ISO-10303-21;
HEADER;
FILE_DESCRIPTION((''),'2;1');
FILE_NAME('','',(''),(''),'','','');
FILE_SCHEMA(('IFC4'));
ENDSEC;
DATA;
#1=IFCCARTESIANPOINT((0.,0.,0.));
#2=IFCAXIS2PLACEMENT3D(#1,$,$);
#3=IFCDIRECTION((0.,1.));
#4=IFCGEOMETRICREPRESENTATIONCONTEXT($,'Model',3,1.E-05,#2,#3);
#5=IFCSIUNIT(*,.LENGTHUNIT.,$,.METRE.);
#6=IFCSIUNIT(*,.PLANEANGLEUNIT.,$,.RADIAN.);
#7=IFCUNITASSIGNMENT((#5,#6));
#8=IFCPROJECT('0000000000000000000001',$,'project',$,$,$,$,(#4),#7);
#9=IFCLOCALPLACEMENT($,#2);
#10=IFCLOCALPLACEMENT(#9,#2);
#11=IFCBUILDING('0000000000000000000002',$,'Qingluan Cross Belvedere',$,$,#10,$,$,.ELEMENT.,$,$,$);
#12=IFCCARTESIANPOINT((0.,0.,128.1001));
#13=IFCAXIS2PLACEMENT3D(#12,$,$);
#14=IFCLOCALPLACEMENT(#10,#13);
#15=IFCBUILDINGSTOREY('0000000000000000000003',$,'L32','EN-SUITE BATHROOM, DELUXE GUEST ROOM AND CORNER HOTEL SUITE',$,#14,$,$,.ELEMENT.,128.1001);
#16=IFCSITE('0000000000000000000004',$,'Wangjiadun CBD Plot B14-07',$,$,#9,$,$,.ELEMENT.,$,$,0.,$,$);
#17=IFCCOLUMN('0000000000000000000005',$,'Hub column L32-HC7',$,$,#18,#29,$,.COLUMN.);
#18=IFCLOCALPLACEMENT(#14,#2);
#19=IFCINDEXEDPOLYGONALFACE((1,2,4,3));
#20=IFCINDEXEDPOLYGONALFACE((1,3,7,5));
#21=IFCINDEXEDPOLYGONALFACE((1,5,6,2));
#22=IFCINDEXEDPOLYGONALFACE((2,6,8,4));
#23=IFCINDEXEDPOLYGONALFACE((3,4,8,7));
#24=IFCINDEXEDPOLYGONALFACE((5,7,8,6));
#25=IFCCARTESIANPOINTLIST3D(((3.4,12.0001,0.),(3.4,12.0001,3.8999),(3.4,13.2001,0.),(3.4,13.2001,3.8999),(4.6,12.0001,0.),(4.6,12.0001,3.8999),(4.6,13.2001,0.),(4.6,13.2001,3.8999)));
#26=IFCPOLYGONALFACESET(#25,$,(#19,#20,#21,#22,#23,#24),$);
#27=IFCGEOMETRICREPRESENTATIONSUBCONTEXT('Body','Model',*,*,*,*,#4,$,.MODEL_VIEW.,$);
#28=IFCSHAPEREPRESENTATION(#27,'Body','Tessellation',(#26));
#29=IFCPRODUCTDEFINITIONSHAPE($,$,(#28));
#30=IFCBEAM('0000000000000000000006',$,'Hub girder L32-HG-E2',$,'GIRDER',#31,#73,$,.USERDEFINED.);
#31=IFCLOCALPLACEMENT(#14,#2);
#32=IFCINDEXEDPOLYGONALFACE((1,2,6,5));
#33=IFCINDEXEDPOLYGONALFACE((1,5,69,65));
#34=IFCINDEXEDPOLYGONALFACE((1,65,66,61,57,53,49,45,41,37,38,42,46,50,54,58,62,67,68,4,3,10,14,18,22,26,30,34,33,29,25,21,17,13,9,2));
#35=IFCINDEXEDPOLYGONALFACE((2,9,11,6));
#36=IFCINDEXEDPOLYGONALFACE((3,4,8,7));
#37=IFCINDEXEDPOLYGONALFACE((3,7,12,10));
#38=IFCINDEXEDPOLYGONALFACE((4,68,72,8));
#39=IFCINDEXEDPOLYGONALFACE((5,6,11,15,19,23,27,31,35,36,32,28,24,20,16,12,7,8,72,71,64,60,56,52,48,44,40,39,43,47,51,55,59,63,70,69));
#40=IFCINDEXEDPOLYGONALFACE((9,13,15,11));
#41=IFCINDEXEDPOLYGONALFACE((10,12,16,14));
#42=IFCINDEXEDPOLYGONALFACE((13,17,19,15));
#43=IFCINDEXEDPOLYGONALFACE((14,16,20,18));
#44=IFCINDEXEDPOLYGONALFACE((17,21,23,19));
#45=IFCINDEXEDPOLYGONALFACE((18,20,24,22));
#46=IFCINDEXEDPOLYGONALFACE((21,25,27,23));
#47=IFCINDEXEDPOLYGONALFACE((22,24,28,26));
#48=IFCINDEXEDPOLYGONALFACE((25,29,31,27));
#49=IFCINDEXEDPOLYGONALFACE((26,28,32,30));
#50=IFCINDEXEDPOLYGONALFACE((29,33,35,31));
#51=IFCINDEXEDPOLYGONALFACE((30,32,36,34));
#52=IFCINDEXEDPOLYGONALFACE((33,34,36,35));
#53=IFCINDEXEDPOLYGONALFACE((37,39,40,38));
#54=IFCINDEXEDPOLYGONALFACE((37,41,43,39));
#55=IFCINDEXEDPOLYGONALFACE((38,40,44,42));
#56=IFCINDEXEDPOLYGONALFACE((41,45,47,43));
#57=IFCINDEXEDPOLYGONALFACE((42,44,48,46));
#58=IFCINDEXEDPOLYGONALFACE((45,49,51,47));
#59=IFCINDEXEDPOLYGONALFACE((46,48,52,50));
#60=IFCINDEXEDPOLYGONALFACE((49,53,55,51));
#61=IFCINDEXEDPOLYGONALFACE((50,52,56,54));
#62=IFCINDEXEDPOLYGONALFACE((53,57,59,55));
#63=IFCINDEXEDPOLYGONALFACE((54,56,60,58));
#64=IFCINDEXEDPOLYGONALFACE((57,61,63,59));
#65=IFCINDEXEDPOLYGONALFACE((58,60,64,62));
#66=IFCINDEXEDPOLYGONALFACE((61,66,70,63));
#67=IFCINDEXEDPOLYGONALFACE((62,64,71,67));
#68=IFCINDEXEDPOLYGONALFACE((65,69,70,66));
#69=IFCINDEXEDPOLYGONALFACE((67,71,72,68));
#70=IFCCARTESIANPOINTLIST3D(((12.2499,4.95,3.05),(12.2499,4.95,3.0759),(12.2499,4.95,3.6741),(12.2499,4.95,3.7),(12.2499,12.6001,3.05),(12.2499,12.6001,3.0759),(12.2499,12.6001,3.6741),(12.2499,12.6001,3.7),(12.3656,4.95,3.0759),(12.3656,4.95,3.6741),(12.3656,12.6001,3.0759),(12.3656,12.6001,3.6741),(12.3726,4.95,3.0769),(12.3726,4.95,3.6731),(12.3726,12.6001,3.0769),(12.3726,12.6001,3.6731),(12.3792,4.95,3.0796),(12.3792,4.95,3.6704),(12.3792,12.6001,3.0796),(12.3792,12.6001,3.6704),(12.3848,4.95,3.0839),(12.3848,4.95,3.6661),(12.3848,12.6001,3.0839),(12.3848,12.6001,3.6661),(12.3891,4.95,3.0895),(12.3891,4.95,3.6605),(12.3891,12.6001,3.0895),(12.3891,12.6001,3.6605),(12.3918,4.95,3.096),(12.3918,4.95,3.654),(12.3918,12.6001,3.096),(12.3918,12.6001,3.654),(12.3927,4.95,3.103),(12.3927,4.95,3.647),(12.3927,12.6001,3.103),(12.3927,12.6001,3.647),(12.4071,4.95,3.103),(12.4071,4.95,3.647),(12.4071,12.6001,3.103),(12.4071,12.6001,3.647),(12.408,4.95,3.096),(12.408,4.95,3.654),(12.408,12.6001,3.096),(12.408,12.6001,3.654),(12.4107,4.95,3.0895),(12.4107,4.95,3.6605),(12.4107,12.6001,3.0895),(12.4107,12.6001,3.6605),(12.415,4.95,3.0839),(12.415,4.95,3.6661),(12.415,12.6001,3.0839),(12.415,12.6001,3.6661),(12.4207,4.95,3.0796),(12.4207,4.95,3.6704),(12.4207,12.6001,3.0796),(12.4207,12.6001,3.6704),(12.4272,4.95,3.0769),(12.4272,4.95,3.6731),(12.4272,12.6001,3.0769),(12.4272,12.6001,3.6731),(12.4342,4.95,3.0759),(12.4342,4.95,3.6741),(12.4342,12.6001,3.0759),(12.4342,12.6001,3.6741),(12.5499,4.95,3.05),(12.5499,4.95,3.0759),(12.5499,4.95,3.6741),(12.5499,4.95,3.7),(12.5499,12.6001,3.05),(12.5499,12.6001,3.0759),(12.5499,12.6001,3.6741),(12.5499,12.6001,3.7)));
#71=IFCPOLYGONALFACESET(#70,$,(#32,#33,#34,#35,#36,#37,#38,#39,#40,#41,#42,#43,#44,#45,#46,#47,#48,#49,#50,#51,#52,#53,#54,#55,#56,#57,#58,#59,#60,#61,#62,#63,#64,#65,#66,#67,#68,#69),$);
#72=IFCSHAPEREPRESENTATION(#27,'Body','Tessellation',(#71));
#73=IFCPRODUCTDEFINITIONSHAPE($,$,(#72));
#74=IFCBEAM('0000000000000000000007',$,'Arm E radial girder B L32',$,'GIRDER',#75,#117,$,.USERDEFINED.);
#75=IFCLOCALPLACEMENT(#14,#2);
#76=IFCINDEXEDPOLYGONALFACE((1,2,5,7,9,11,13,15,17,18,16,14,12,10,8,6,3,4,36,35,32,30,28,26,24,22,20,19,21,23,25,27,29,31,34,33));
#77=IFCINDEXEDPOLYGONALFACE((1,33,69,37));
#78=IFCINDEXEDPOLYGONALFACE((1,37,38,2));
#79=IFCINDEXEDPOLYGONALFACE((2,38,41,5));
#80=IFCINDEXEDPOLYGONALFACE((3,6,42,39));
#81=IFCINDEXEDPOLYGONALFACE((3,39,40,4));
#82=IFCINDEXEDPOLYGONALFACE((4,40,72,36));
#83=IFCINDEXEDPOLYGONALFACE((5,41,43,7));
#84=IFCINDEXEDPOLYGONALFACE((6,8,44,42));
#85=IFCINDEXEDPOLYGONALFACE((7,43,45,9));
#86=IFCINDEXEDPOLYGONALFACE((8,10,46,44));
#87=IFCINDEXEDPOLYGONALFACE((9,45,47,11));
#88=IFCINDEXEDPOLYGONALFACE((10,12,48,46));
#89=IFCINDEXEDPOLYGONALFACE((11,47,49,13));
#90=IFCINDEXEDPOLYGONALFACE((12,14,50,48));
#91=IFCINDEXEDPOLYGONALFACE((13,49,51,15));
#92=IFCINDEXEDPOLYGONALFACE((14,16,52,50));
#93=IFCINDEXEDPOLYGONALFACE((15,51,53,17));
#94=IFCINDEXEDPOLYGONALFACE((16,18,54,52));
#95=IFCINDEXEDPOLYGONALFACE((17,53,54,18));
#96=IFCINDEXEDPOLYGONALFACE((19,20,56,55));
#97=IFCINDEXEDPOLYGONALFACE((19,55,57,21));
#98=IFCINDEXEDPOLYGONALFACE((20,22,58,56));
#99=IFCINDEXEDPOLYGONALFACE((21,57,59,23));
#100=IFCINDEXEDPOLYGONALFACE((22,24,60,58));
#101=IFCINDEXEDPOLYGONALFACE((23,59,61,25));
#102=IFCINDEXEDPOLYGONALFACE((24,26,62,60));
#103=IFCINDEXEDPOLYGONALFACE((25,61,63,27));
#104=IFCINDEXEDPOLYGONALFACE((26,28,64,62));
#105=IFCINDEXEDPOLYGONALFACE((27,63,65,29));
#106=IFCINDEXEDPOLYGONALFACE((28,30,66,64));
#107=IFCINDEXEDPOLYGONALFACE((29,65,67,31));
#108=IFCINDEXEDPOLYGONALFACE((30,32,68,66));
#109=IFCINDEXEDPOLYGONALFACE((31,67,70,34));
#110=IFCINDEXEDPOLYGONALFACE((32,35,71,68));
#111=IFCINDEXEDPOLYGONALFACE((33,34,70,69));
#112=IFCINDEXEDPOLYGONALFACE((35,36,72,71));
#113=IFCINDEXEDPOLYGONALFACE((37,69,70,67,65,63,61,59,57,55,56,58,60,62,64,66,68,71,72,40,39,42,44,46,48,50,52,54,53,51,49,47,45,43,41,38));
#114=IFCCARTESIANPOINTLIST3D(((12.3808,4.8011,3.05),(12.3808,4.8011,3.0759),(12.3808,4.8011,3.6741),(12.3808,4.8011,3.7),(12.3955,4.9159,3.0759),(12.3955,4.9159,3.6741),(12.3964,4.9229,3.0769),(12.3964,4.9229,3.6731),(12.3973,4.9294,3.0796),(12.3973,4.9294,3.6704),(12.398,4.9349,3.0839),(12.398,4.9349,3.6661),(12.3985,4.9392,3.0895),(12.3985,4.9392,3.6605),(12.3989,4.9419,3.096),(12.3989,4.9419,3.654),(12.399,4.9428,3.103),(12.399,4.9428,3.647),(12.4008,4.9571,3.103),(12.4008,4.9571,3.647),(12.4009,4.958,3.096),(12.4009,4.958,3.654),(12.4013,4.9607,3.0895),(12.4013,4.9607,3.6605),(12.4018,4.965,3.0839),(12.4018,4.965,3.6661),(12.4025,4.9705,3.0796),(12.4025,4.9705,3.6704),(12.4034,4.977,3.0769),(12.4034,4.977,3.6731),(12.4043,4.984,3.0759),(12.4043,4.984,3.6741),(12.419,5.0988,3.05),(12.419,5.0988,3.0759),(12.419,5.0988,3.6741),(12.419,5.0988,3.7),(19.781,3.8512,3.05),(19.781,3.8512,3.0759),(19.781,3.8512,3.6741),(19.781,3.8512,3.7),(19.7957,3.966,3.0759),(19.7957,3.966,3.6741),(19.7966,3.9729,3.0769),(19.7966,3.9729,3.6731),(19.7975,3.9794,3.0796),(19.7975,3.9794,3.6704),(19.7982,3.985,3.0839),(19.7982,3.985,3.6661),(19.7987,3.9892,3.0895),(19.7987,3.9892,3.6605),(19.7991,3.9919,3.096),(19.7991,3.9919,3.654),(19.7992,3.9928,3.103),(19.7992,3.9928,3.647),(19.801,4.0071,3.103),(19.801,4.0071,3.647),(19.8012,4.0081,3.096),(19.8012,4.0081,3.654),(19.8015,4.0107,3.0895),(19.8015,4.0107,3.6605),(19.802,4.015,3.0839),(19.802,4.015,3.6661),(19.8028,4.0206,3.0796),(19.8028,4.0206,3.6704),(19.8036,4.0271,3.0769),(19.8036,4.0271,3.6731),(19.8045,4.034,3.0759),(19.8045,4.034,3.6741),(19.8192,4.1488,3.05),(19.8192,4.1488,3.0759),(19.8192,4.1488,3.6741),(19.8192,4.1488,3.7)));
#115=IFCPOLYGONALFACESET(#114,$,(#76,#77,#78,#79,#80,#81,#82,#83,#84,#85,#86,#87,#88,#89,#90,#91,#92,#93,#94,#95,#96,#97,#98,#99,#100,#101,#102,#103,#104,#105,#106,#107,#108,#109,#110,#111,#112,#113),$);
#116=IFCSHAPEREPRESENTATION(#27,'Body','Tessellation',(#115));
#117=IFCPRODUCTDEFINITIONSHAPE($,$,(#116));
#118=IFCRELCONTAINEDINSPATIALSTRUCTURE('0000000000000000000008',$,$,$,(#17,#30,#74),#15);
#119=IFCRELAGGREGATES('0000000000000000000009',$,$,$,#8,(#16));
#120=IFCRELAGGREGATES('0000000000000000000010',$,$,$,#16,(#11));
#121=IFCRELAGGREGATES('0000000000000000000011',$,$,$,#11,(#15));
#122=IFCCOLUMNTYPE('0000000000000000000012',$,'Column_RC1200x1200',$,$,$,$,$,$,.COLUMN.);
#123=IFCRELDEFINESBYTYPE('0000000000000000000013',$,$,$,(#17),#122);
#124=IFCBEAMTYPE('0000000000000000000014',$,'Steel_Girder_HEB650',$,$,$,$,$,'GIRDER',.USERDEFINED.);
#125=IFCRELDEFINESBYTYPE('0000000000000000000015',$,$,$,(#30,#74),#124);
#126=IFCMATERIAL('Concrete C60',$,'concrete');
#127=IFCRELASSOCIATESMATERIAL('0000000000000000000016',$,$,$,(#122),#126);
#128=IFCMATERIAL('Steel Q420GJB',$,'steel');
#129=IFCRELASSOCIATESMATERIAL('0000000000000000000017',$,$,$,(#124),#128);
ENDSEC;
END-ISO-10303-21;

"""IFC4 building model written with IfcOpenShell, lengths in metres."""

from ifc_helpers import new_model, si_unit, direction, frame, origin, origin_2d, place, context, subcontext, project, spatial, rectangle, i_section, extrude, material, material_profile, profile_set, type_object, element, save


model = new_model("IFC4")

# Units and contexts
model_context = context("Model", 3, precision=1e-05, world=origin(), true_north=direction((0.0, 1.0)))
body_context = subcontext(model_context, "Body", "Model", "MODEL_VIEW")
ifc_project = project(units=[si_unit("LENGTHUNIT", "METRE"), si_unit("PLANEANGLEUNIT", "RADIAN")], contexts=[model_context])

# Site, building, storey
site_placement = place(None, origin())
site = spatial("IfcSite", under=ifc_project, at=site_placement, Name="Wangjiadun CBD Plot B14-07", CompositionType="ELEMENT", RefElevation=0.0)
building_placement = place(site_placement, origin())
building = spatial("IfcBuilding", under=site, at=building_placement, Name="Qingluan Cross Belvedere", CompositionType="ELEMENT")
storey_placement = place(building_placement, frame((0.0, 0.0, 128.1001)))
storey = spatial("IfcBuildingStorey", under=building, at=storey_placement, Name="L32", Description="EN-SUITE BATHROOM, DELUXE GUEST ROOM AND CORNER HOTEL SUITE", CompositionType="ELEMENT", Elevation=128.1001)

# Column
ifc_material_1 = material(Name="Concrete C60", Category="concrete")
ifc_material_profile_1 = material_profile(ifc_material_1, rectangle(XDim=1.2, YDim=1.2, at=origin_2d()), Name="RC1200x1200")
ifc_profile_set_1 = profile_set([ifc_material_profile_1], Name="Concrete C60")
column_type = type_object("IfcColumnType", Name="Column_RC1200x1200", PredefinedType="COLUMN", material=ifc_profile_set_1)
column_placement = place(storey_placement, frame((4.0, 12.6001, 0.0), z_axis=(0.0, 0.0, 1.0), x_axis=(1.0, 0.0, 0.0)))
element("IfcColumn", 1, at=column_placement, inside=storey, type_object=column_type, Name="Hub column L32-HC7", PredefinedType="COLUMN", context=body_context, shape_type="SweptSolid", body=[
    extrude(rectangle(XDim=1.2, YDim=1.2, at=origin_2d()), origin(), (0.0, 0.0, 1.0), 3.8999),
])

# Beams
ifc_material_2 = material(Name="Steel Q420GJB", Category="steel")
ifc_material_profile_2 = material_profile(ifc_material_2, i_section(OverallWidth=0.3, OverallDepth=0.6499, WebThickness=0.0144, FlangeThickness=0.0259, FilletRadius=0.0271, at=origin_2d()), Name="HEB650")
ifc_profile_set_2 = profile_set([ifc_material_profile_2], Name="Steel Q420GJB")
beam_type = type_object("IfcBeamType", Name="Steel_Girder_HEB650", ElementType="GIRDER", PredefinedType="USERDEFINED", material=ifc_profile_set_2)
beam_1_placement = place(storey_placement, frame((12.3999, 4.95, 3.375), z_axis=(0.0, 1.0, 0.0), x_axis=(-1.0, 0.0, 0.0)))
element("IfcBeam", 2, at=beam_1_placement, inside=storey, type_object=beam_type, Name="Hub girder L32-HG-E2", ObjectType="GIRDER", PredefinedType="USERDEFINED", context=body_context, shape_type="SweptSolid", body=[
    extrude(i_section(OverallWidth=0.3, OverallDepth=0.6499, WebThickness=0.0144, FlangeThickness=0.0259, FilletRadius=0.0271, at=origin_2d()), origin(), (0.0, 0.0, 1.0), 7.6501),
])
beam_2_placement = place(storey_placement, frame((12.3999, 4.95, 3.375), z_axis=(0.991861, -0.127324, 0.0), x_axis=(0.127324, 0.991861, 0.0)))
element("IfcBeam", 3, at=beam_2_placement, inside=storey, type_object=beam_type, Name="Arm E radial girder B L32", ObjectType="GIRDER", PredefinedType="USERDEFINED", context=body_context, shape_type="SweptSolid", body=[
    extrude(i_section(OverallWidth=0.3, OverallDepth=0.6499, WebThickness=0.0144, FlangeThickness=0.0259, FilletRadius=0.0271, at=origin_2d()), origin(), (0.0, 0.0, 1.0), 7.4609),
])

save(model, "model.ifc")
